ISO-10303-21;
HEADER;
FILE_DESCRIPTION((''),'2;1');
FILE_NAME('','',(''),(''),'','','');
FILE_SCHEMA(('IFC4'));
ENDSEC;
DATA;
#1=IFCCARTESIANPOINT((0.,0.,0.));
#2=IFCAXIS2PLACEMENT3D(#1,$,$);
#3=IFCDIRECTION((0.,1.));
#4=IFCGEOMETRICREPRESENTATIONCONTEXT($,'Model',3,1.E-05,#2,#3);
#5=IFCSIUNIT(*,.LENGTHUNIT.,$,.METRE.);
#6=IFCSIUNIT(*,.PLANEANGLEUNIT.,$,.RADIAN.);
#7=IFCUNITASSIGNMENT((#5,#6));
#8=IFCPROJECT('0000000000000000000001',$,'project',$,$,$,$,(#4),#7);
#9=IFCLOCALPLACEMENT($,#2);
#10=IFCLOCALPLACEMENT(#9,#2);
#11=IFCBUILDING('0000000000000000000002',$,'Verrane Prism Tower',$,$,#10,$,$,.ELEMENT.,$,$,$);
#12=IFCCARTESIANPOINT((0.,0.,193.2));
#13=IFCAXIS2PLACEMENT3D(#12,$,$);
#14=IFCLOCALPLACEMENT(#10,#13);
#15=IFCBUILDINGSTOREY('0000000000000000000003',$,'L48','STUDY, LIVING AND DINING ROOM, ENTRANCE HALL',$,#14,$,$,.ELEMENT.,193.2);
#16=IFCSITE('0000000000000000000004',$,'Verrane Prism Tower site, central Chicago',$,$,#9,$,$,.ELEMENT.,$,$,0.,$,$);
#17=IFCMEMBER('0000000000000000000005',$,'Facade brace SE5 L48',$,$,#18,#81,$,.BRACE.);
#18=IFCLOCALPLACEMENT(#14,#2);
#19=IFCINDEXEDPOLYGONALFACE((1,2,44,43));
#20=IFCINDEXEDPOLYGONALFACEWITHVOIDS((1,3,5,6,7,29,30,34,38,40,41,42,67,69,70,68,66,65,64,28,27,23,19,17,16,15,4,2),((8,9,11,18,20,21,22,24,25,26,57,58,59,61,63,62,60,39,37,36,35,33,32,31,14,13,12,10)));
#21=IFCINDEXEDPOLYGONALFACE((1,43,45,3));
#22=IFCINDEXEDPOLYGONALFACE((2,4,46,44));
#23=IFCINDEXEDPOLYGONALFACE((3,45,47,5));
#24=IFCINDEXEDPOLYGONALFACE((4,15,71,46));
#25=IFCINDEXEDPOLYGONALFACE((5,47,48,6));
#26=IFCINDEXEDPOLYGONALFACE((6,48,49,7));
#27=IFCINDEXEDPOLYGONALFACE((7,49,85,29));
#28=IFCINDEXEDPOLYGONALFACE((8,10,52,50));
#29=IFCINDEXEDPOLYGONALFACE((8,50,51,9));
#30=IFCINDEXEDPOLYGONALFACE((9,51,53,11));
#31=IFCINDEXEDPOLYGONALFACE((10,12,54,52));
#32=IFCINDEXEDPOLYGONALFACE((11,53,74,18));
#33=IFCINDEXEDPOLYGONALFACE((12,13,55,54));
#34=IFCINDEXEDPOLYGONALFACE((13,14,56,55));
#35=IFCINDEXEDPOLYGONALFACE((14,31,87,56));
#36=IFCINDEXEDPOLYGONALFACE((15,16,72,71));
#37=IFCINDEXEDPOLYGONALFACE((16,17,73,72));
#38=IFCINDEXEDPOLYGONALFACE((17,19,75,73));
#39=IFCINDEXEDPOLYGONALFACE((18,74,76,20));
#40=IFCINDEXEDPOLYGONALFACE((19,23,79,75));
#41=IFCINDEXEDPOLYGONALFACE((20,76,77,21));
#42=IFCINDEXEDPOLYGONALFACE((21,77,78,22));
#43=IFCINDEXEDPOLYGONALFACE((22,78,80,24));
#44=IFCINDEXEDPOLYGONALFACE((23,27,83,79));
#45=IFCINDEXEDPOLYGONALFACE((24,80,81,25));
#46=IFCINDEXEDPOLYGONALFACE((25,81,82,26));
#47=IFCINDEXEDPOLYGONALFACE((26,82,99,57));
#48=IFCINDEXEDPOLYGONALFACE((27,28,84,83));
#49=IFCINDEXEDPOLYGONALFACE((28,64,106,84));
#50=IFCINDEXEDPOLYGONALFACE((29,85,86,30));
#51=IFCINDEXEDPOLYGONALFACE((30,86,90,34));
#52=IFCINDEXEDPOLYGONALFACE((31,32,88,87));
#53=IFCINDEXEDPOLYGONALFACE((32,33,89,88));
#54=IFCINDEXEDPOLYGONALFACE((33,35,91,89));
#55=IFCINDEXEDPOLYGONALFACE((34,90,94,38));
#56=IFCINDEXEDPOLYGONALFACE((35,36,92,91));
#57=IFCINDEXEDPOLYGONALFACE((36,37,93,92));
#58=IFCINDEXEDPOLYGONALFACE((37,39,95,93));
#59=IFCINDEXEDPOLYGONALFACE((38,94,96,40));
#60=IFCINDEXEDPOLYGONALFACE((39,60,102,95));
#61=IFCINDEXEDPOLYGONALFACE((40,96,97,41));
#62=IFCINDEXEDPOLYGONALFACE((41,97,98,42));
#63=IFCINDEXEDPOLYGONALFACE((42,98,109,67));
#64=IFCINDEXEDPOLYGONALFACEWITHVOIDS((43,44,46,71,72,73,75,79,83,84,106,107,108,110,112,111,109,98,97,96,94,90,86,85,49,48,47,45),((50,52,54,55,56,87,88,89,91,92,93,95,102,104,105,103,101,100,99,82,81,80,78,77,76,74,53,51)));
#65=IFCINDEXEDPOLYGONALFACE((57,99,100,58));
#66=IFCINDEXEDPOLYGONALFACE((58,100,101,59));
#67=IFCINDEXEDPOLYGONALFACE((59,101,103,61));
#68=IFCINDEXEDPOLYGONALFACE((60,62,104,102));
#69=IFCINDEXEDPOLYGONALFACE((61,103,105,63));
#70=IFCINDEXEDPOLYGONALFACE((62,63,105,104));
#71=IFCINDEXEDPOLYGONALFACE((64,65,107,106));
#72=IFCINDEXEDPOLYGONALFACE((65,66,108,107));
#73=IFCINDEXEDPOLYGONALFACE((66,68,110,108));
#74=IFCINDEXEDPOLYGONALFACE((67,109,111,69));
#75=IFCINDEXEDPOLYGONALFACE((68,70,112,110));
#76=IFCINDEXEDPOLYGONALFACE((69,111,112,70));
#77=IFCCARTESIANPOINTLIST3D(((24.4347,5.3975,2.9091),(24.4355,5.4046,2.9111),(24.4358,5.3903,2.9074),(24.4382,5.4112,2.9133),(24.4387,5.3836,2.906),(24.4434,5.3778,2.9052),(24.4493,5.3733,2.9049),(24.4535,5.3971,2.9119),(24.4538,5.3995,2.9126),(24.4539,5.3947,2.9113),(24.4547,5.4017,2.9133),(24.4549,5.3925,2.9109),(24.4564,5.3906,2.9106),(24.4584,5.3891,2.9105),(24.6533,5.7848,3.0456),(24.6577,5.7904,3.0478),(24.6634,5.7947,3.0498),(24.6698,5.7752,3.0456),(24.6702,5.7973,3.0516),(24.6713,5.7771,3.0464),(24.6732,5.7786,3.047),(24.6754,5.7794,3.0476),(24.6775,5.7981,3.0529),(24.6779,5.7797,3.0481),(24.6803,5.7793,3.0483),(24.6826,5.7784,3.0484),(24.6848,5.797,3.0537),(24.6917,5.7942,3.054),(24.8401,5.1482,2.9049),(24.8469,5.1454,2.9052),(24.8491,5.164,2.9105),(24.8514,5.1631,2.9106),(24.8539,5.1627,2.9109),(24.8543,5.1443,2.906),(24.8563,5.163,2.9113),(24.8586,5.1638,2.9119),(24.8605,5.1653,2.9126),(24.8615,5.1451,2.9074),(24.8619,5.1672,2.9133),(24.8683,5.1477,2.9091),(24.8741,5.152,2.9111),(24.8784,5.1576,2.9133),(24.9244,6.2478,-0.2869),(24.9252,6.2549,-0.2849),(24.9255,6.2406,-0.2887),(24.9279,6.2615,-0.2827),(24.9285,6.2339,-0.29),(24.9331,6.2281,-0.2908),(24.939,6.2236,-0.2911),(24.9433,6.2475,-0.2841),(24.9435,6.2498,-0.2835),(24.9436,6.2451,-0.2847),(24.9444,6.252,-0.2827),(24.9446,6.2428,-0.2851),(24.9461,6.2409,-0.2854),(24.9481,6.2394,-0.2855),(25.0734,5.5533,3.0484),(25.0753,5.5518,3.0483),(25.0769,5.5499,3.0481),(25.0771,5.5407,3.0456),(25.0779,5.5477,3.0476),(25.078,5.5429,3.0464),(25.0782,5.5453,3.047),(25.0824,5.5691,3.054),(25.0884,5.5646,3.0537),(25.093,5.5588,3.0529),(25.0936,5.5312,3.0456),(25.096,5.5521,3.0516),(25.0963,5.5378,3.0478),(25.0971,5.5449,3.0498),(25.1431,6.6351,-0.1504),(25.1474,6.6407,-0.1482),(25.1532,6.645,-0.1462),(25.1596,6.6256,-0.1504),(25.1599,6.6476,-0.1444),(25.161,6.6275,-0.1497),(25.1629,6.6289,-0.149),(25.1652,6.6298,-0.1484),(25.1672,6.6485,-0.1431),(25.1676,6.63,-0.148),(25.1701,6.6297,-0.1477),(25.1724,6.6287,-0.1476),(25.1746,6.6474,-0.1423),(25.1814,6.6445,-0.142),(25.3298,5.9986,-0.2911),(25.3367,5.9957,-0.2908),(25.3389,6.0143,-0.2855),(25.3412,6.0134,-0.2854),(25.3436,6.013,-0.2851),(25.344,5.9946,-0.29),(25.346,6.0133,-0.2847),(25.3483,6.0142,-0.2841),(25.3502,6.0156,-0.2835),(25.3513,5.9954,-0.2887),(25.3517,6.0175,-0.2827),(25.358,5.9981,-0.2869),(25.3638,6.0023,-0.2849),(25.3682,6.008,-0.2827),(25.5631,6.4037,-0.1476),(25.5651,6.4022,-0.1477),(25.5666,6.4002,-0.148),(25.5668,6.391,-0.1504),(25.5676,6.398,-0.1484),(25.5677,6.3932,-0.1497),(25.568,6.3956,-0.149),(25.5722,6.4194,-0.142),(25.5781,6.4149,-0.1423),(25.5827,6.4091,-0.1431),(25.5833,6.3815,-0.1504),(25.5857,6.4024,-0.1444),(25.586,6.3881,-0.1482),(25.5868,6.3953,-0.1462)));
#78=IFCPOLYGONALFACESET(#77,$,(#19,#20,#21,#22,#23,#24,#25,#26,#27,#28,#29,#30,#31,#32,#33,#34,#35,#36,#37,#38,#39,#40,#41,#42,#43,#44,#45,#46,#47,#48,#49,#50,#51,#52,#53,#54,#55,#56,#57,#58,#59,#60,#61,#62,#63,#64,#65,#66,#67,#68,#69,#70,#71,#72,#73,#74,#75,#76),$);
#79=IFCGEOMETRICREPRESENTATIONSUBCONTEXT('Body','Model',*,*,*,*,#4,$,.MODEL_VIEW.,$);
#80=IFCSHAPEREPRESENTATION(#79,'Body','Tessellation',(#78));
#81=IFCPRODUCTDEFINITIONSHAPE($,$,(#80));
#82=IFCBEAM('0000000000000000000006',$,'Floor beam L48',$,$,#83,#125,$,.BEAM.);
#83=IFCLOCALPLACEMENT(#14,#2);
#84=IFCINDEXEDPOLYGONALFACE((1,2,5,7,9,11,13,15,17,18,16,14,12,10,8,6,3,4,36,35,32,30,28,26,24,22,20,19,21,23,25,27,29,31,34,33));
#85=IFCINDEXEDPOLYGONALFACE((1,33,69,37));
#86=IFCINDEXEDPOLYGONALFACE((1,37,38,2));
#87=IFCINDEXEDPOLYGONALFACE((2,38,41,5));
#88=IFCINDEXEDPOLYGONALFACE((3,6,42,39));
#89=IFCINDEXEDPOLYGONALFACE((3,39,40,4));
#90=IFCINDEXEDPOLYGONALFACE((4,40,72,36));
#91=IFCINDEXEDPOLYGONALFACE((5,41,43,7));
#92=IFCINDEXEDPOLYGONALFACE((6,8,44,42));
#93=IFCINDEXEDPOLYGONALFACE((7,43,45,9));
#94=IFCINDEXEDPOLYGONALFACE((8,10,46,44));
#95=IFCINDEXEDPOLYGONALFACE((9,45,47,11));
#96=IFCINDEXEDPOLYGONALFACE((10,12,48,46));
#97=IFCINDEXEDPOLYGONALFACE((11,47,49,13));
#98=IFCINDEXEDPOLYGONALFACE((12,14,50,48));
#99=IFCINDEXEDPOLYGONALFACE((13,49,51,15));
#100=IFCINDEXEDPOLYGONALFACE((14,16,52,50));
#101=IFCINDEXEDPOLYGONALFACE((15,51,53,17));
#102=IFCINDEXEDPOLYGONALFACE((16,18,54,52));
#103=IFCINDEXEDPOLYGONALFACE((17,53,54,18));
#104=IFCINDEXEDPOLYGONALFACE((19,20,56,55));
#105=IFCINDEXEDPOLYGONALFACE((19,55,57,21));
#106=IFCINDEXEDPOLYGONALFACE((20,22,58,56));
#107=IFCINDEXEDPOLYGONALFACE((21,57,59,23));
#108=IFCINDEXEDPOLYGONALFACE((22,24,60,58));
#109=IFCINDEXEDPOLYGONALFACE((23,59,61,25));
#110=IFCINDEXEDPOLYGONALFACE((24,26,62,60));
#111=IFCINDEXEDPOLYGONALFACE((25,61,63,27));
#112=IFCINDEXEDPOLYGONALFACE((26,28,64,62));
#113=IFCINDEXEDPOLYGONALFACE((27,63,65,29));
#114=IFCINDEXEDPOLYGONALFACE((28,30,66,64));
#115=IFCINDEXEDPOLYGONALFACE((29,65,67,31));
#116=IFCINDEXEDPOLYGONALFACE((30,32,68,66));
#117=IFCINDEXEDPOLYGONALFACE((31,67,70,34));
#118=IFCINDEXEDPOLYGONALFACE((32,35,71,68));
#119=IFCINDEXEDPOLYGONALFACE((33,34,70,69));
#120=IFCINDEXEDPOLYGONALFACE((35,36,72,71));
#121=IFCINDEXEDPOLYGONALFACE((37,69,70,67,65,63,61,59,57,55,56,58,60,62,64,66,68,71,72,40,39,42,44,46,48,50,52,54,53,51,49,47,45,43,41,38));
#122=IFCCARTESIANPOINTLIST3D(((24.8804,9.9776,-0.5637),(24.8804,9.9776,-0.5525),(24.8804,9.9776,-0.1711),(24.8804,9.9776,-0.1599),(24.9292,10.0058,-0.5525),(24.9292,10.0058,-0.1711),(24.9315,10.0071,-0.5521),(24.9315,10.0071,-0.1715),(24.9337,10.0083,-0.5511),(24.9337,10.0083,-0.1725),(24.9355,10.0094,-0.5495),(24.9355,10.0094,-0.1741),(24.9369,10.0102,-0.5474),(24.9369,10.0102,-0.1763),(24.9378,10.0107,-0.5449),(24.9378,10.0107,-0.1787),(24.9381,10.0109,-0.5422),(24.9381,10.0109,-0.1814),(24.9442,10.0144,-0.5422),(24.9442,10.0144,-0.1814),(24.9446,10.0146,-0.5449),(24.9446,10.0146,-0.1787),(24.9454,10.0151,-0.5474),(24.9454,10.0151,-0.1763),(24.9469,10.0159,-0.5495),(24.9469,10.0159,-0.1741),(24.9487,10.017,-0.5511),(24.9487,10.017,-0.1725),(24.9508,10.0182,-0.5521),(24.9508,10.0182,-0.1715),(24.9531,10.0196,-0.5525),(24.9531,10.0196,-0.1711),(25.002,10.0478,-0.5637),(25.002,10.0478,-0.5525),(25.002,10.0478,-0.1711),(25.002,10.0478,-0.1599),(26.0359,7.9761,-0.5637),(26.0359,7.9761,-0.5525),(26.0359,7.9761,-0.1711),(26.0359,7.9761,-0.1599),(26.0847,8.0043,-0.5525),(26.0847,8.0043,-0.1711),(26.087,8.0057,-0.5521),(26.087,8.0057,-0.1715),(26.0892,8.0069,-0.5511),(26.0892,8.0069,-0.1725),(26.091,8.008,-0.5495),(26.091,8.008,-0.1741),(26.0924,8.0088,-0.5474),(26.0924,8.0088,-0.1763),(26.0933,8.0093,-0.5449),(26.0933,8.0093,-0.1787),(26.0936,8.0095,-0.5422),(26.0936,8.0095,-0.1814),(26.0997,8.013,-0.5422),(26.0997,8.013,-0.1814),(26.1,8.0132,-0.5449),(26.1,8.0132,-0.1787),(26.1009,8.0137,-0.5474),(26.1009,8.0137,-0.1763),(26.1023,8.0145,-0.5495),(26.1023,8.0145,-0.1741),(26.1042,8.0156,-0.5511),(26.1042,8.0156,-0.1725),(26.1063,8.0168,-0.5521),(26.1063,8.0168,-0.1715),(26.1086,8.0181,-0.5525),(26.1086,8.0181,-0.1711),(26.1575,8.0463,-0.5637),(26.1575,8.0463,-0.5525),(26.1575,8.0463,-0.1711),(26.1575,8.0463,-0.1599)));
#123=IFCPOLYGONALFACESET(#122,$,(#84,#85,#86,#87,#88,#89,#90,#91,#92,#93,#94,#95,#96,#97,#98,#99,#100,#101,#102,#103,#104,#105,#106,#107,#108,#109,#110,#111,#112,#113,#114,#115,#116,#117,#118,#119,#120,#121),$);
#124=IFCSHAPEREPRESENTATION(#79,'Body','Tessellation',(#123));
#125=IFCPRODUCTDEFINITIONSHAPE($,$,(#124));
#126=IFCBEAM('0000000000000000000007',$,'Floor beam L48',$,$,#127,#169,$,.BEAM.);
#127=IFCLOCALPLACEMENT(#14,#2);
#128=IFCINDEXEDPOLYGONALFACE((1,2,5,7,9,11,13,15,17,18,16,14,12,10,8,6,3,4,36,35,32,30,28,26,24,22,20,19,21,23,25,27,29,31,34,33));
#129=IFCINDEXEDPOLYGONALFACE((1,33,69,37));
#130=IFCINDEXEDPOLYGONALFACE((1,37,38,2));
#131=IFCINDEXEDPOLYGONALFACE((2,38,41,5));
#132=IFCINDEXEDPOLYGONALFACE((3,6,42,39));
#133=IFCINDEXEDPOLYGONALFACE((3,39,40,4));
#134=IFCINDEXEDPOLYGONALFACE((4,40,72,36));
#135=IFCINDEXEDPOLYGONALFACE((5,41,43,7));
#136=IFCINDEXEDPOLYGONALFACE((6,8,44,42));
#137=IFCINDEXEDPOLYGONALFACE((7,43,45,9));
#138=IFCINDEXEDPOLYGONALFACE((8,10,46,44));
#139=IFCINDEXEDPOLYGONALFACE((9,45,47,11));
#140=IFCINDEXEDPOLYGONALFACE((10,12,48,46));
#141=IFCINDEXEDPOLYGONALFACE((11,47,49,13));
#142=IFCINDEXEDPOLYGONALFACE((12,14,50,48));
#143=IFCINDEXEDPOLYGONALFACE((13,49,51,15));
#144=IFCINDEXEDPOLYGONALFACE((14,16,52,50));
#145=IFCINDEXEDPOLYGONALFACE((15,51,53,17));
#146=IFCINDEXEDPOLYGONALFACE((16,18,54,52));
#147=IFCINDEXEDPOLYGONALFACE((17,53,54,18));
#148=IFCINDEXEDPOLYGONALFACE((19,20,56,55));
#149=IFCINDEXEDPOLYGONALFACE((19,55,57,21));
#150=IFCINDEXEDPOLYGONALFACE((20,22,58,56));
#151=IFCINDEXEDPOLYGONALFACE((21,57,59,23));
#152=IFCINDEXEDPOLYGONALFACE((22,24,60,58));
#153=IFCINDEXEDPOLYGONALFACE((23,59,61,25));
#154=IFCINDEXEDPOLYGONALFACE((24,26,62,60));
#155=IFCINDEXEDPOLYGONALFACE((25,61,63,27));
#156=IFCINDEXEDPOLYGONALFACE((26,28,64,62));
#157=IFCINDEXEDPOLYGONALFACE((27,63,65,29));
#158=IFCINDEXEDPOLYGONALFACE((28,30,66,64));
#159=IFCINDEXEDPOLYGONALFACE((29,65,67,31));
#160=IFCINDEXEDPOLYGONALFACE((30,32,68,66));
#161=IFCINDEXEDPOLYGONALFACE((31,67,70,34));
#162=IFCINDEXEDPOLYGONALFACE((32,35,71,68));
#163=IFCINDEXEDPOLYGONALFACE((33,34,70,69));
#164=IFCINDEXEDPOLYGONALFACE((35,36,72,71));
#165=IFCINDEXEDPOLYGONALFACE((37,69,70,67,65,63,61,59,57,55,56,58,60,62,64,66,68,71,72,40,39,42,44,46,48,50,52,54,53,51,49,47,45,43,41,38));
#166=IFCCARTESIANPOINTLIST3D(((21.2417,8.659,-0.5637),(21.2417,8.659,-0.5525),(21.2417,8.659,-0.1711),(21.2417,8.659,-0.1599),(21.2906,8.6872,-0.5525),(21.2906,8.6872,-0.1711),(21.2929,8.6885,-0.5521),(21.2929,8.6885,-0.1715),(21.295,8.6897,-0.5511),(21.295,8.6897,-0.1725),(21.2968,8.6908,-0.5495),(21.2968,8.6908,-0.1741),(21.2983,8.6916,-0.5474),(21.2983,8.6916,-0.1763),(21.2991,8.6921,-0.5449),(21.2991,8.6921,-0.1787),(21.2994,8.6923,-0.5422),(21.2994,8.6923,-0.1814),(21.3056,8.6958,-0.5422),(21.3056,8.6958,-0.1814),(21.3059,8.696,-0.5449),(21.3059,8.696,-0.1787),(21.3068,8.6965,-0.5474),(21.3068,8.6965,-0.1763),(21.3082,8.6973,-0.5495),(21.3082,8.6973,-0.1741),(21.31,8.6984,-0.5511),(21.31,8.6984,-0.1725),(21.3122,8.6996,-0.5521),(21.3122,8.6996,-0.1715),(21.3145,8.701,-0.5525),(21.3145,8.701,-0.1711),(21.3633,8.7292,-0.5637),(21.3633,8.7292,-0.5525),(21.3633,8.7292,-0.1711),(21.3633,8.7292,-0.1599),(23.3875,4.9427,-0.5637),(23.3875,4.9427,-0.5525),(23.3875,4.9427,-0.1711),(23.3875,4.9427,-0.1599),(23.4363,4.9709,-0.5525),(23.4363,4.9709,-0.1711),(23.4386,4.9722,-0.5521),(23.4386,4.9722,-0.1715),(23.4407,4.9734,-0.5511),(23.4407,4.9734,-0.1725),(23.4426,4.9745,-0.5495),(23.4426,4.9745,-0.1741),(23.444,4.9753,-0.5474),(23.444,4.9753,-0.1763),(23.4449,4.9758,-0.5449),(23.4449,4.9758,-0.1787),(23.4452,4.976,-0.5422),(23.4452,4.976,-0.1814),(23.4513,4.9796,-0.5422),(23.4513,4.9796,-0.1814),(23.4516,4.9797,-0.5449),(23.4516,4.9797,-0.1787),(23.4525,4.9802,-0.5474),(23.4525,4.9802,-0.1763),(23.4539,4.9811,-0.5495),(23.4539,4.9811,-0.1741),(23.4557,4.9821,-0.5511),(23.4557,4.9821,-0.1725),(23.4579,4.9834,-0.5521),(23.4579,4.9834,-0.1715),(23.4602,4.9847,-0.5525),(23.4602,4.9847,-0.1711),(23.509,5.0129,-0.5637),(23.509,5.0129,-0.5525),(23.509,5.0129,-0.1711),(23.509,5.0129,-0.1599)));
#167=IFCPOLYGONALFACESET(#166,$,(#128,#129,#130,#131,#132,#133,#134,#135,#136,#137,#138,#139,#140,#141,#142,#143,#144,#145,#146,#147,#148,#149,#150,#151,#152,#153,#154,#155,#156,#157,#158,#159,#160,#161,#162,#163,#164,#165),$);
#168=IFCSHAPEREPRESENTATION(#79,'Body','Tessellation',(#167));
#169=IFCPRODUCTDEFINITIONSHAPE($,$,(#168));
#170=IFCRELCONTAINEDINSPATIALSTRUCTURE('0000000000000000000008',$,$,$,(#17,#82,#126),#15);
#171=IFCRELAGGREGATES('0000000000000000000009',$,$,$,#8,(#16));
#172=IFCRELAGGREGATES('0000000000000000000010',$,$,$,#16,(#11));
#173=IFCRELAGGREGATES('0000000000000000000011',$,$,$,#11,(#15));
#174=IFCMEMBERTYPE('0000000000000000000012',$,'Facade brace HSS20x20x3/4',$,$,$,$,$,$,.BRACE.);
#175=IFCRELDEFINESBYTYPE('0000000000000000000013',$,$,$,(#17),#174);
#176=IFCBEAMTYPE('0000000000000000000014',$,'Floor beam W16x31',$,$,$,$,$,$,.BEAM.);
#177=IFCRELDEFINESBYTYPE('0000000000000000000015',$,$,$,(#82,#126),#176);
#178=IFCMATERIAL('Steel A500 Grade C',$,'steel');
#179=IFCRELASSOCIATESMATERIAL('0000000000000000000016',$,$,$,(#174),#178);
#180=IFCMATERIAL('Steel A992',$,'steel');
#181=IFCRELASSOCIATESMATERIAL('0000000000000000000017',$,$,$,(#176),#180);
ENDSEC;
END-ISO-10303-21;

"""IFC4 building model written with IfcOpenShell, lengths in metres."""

from ifc_helpers import new_model, si_unit, direction, frame, origin, origin_2d, place, context, subcontext, project, spatial, hollow_rectangle, i_section, extrude, material, material_profile, profile_set, type_object, element, save


model = new_model("IFC4")

# Units and contexts
model_context = context("Model", 3, precision=1e-05, world=origin(), true_north=direction((0.0, 1.0)))
body_context = subcontext(model_context, "Body", "Model", "MODEL_VIEW")
ifc_project = project(units=[si_unit("LENGTHUNIT", "METRE"), si_unit("PLANEANGLEUNIT", "RADIAN")], contexts=[model_context])

# Site, building, storey
site_placement = place(None, origin())
site = spatial("IfcSite", under=ifc_project, at=site_placement, Name="Verrane Prism Tower site, central Chicago", CompositionType="ELEMENT", RefElevation=0.0)
building_placement = place(site_placement, origin())
building = spatial("IfcBuilding", under=site, at=building_placement, Name="Verrane Prism Tower", CompositionType="ELEMENT")
storey_placement = place(building_placement, frame((0.0, 0.0, 193.2)))
storey = spatial("IfcBuildingStorey", under=building, at=storey_placement, Name="L48", Description="STUDY, LIVING AND DINING ROOM, ENTRANCE HALL", CompositionType="ELEMENT", Elevation=193.2)

# Member
ifc_material_1 = material(Name="Steel A500 Grade C", Category="steel")
ifc_material_profile_1 = material_profile(ifc_material_1, hollow_rectangle(XDim=0.5081, YDim=0.5081, WallThickness=0.019, InnerFilletRadius=0.0095, OuterFilletRadius=0.0286, at=origin_2d()), Name="HSS20x20x3/4")
ifc_profile_set_1 = profile_set([ifc_material_profile_1], Name="Steel A500 Grade C")
member_type_1 = type_object("IfcMemberType", Name="Facade brace HSS20x20x3/4", PredefinedType="BRACE", material=ifc_profile_set_1)
member_1_placement = place(storey_placement, frame((25.2556, 6.3215, -0.2166), z_axis=(-0.146486, -0.254342, 0.955956), x_axis=(0.866554, -0.499083, 0.0)))
element("IfcMember", 1, at=member_1_placement, inside=storey, type_object=member_type_1, Name="Facade brace SE5 L48", PredefinedType="BRACE", context=body_context, shape_type="SweptSolid", body=[
    extrude(hollow_rectangle(XDim=0.5081, YDim=0.5081, WallThickness=0.019, InnerFilletRadius=0.0095, OuterFilletRadius=0.0286, at=origin_2d()), origin(), (0.0, 0.0, 1.0), 3.3433),
])

# Beams
ifc_material_2 = material(Name="Steel A992", Category="steel")
ifc_material_profile_2 = material_profile(ifc_material_2, i_section(OverallWidth=0.1404, OverallDepth=0.4038, WebThickness=0.0071, FlangeThickness=0.0112, FilletRadius=0.0103, at=origin_2d()), Name="W16x31")
ifc_profile_set_2 = profile_set([ifc_material_profile_2], Name="Steel A992")
beam_type_1 = type_object("IfcBeamType", Name="Floor beam W16x31", PredefinedType="BEAM", material=ifc_profile_set_2)
beam_1_placement = place(storey_placement, frame((26.0967, 8.0112, -0.3618), z_axis=(-0.499991, 0.866031, 0.0), x_axis=(-0.866031, -0.499991, 0.0)))
element("IfcBeam", 2, at=beam_1_placement, inside=storey, type_object=beam_type_1, Name="Floor beam L48", PredefinedType="BEAM", context=body_context, shape_type="SweptSolid", body=[
    extrude(i_section(OverallWidth=0.1404, OverallDepth=0.4038, WebThickness=0.0071, FlangeThickness=0.0112, FilletRadius=0.0103, at=origin_2d()), origin(), (0.0, 0.0, 1.0), 2.311),
])
beam_2_placement = place(storey_placement, frame((23.4482, 4.9778, -0.3618), z_axis=(-0.500025, 0.866011, 0.0), x_axis=(-0.866011, -0.500025, 0.0)))
element("IfcBeam", 3, at=beam_2_placement, inside=storey, type_object=beam_type_1, Name="Floor beam L48", PredefinedType="BEAM", context=body_context, shape_type="SweptSolid", body=[
    extrude(i_section(OverallWidth=0.1404, OverallDepth=0.4038, WebThickness=0.0071, FlangeThickness=0.0112, FilletRadius=0.0103, at=origin_2d()), origin(), (0.0, 0.0, 1.0), 4.2913),
])

save(model, "model.ifc")
